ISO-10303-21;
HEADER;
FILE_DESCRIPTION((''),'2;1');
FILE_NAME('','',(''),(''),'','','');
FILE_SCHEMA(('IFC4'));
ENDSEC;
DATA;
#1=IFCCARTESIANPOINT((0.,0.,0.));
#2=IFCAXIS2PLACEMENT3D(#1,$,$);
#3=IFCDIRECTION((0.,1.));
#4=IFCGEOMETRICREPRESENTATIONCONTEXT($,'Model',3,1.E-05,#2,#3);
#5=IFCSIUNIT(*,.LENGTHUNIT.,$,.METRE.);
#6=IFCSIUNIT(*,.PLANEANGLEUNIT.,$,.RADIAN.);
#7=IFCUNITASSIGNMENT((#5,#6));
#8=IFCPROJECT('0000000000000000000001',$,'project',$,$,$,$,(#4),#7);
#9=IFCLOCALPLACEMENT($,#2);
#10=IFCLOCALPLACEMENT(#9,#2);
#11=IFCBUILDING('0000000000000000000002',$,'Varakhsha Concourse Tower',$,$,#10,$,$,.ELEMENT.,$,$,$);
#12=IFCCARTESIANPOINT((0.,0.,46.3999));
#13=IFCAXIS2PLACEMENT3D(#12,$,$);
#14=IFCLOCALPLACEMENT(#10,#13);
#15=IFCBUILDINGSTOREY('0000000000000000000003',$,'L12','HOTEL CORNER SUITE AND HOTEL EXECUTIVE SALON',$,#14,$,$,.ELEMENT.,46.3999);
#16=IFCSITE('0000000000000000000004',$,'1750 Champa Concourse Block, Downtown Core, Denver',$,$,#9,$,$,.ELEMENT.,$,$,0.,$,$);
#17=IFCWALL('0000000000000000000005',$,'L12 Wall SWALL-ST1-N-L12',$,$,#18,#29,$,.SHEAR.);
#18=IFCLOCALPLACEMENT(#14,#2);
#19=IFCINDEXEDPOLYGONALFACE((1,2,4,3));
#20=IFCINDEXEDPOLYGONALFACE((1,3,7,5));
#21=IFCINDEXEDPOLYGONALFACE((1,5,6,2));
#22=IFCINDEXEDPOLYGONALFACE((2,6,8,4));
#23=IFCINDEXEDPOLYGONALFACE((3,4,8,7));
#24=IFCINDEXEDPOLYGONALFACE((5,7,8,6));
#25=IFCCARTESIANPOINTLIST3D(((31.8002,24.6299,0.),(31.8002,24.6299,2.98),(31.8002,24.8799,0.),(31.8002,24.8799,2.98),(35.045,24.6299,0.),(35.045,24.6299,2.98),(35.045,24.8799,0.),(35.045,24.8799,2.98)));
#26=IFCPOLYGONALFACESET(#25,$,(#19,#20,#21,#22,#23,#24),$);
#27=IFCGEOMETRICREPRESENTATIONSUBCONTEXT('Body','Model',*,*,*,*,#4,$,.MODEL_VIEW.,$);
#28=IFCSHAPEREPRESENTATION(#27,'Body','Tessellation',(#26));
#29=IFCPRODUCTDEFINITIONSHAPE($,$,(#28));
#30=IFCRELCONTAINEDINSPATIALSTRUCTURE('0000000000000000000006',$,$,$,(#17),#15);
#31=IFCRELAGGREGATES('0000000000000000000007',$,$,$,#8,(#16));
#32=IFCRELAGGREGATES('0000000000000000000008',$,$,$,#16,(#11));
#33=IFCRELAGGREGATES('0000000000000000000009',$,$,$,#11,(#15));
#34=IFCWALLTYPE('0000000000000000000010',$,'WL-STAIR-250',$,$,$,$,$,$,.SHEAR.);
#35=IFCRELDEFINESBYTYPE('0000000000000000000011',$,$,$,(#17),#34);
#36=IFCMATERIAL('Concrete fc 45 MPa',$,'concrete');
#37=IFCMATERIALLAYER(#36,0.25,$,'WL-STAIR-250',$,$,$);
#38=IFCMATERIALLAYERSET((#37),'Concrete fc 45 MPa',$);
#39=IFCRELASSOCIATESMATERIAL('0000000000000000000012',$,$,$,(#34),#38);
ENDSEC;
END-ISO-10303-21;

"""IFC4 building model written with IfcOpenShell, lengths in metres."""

from ifc_helpers import new_model, si_unit, direction, frame, frame_2d, origin, place, context, subcontext, project, spatial, rectangle, extrude, material, layer, layer_set, type_object, element, save


model = new_model("IFC4")

# Units and contexts
model_context = context("Model", 3, precision=1e-05, world=origin(), true_north=direction((0.0, 1.0)))
body_context = subcontext(model_context, "Body", "Model", "MODEL_VIEW")
ifc_project = project(units=[si_unit("LENGTHUNIT", "METRE"), si_unit("PLANEANGLEUNIT", "RADIAN")], contexts=[model_context])

# Site, building, storey
site_placement = place(None, origin())
site = spatial("IfcSite", under=ifc_project, at=site_placement, Name="1750 Champa Concourse Block, Downtown Core, Denver", CompositionType="ELEMENT", RefElevation=0.0)
building_placement = place(site_placement, origin())
building = spatial("IfcBuilding", under=site, at=building_placement, Name="Varakhsha Concourse Tower", CompositionType="ELEMENT")
storey_placement = place(building_placement, frame((0.0, 0.0, 46.3999)))
storey = spatial("IfcBuildingStorey", under=building, at=storey_placement, Name="L12", Description="HOTEL CORNER SUITE AND HOTEL EXECUTIVE SALON", CompositionType="ELEMENT", Elevation=46.3999)

# Wall
ifc_material_1 = material(Name="Concrete fc 45 MPa", Category="concrete")
ifc_layer_1 = layer(ifc_material_1, 0.25, Name="WL-STAIR-250")
ifc_layer_set_1 = layer_set([ifc_layer_1], Name="Concrete fc 45 MPa")
wall_type_1 = type_object("IfcWallType", Name="WL-STAIR-250", PredefinedType="SHEAR", material=ifc_layer_set_1)
wall_1_placement = place(storey_placement, frame((31.8, 24.7549, 0.0), z_axis=(0.0, 0.0, 1.0), x_axis=(1.0, 0.0, 0.0)))
element("IfcWall", 1, at=wall_1_placement, inside=storey, type_object=wall_type_1, Name="L12 Wall SWALL-ST1-N-L12", PredefinedType="SHEAR", context=body_context, shape_type="SweptSolid", body=[
    extrude(rectangle(XDim=3.2449, YDim=0.25, at=frame_2d((1.6226, 0.0))), origin(), (0.0, 0.0, 1.0), 2.98),
])

save(model, "model.ifc")
